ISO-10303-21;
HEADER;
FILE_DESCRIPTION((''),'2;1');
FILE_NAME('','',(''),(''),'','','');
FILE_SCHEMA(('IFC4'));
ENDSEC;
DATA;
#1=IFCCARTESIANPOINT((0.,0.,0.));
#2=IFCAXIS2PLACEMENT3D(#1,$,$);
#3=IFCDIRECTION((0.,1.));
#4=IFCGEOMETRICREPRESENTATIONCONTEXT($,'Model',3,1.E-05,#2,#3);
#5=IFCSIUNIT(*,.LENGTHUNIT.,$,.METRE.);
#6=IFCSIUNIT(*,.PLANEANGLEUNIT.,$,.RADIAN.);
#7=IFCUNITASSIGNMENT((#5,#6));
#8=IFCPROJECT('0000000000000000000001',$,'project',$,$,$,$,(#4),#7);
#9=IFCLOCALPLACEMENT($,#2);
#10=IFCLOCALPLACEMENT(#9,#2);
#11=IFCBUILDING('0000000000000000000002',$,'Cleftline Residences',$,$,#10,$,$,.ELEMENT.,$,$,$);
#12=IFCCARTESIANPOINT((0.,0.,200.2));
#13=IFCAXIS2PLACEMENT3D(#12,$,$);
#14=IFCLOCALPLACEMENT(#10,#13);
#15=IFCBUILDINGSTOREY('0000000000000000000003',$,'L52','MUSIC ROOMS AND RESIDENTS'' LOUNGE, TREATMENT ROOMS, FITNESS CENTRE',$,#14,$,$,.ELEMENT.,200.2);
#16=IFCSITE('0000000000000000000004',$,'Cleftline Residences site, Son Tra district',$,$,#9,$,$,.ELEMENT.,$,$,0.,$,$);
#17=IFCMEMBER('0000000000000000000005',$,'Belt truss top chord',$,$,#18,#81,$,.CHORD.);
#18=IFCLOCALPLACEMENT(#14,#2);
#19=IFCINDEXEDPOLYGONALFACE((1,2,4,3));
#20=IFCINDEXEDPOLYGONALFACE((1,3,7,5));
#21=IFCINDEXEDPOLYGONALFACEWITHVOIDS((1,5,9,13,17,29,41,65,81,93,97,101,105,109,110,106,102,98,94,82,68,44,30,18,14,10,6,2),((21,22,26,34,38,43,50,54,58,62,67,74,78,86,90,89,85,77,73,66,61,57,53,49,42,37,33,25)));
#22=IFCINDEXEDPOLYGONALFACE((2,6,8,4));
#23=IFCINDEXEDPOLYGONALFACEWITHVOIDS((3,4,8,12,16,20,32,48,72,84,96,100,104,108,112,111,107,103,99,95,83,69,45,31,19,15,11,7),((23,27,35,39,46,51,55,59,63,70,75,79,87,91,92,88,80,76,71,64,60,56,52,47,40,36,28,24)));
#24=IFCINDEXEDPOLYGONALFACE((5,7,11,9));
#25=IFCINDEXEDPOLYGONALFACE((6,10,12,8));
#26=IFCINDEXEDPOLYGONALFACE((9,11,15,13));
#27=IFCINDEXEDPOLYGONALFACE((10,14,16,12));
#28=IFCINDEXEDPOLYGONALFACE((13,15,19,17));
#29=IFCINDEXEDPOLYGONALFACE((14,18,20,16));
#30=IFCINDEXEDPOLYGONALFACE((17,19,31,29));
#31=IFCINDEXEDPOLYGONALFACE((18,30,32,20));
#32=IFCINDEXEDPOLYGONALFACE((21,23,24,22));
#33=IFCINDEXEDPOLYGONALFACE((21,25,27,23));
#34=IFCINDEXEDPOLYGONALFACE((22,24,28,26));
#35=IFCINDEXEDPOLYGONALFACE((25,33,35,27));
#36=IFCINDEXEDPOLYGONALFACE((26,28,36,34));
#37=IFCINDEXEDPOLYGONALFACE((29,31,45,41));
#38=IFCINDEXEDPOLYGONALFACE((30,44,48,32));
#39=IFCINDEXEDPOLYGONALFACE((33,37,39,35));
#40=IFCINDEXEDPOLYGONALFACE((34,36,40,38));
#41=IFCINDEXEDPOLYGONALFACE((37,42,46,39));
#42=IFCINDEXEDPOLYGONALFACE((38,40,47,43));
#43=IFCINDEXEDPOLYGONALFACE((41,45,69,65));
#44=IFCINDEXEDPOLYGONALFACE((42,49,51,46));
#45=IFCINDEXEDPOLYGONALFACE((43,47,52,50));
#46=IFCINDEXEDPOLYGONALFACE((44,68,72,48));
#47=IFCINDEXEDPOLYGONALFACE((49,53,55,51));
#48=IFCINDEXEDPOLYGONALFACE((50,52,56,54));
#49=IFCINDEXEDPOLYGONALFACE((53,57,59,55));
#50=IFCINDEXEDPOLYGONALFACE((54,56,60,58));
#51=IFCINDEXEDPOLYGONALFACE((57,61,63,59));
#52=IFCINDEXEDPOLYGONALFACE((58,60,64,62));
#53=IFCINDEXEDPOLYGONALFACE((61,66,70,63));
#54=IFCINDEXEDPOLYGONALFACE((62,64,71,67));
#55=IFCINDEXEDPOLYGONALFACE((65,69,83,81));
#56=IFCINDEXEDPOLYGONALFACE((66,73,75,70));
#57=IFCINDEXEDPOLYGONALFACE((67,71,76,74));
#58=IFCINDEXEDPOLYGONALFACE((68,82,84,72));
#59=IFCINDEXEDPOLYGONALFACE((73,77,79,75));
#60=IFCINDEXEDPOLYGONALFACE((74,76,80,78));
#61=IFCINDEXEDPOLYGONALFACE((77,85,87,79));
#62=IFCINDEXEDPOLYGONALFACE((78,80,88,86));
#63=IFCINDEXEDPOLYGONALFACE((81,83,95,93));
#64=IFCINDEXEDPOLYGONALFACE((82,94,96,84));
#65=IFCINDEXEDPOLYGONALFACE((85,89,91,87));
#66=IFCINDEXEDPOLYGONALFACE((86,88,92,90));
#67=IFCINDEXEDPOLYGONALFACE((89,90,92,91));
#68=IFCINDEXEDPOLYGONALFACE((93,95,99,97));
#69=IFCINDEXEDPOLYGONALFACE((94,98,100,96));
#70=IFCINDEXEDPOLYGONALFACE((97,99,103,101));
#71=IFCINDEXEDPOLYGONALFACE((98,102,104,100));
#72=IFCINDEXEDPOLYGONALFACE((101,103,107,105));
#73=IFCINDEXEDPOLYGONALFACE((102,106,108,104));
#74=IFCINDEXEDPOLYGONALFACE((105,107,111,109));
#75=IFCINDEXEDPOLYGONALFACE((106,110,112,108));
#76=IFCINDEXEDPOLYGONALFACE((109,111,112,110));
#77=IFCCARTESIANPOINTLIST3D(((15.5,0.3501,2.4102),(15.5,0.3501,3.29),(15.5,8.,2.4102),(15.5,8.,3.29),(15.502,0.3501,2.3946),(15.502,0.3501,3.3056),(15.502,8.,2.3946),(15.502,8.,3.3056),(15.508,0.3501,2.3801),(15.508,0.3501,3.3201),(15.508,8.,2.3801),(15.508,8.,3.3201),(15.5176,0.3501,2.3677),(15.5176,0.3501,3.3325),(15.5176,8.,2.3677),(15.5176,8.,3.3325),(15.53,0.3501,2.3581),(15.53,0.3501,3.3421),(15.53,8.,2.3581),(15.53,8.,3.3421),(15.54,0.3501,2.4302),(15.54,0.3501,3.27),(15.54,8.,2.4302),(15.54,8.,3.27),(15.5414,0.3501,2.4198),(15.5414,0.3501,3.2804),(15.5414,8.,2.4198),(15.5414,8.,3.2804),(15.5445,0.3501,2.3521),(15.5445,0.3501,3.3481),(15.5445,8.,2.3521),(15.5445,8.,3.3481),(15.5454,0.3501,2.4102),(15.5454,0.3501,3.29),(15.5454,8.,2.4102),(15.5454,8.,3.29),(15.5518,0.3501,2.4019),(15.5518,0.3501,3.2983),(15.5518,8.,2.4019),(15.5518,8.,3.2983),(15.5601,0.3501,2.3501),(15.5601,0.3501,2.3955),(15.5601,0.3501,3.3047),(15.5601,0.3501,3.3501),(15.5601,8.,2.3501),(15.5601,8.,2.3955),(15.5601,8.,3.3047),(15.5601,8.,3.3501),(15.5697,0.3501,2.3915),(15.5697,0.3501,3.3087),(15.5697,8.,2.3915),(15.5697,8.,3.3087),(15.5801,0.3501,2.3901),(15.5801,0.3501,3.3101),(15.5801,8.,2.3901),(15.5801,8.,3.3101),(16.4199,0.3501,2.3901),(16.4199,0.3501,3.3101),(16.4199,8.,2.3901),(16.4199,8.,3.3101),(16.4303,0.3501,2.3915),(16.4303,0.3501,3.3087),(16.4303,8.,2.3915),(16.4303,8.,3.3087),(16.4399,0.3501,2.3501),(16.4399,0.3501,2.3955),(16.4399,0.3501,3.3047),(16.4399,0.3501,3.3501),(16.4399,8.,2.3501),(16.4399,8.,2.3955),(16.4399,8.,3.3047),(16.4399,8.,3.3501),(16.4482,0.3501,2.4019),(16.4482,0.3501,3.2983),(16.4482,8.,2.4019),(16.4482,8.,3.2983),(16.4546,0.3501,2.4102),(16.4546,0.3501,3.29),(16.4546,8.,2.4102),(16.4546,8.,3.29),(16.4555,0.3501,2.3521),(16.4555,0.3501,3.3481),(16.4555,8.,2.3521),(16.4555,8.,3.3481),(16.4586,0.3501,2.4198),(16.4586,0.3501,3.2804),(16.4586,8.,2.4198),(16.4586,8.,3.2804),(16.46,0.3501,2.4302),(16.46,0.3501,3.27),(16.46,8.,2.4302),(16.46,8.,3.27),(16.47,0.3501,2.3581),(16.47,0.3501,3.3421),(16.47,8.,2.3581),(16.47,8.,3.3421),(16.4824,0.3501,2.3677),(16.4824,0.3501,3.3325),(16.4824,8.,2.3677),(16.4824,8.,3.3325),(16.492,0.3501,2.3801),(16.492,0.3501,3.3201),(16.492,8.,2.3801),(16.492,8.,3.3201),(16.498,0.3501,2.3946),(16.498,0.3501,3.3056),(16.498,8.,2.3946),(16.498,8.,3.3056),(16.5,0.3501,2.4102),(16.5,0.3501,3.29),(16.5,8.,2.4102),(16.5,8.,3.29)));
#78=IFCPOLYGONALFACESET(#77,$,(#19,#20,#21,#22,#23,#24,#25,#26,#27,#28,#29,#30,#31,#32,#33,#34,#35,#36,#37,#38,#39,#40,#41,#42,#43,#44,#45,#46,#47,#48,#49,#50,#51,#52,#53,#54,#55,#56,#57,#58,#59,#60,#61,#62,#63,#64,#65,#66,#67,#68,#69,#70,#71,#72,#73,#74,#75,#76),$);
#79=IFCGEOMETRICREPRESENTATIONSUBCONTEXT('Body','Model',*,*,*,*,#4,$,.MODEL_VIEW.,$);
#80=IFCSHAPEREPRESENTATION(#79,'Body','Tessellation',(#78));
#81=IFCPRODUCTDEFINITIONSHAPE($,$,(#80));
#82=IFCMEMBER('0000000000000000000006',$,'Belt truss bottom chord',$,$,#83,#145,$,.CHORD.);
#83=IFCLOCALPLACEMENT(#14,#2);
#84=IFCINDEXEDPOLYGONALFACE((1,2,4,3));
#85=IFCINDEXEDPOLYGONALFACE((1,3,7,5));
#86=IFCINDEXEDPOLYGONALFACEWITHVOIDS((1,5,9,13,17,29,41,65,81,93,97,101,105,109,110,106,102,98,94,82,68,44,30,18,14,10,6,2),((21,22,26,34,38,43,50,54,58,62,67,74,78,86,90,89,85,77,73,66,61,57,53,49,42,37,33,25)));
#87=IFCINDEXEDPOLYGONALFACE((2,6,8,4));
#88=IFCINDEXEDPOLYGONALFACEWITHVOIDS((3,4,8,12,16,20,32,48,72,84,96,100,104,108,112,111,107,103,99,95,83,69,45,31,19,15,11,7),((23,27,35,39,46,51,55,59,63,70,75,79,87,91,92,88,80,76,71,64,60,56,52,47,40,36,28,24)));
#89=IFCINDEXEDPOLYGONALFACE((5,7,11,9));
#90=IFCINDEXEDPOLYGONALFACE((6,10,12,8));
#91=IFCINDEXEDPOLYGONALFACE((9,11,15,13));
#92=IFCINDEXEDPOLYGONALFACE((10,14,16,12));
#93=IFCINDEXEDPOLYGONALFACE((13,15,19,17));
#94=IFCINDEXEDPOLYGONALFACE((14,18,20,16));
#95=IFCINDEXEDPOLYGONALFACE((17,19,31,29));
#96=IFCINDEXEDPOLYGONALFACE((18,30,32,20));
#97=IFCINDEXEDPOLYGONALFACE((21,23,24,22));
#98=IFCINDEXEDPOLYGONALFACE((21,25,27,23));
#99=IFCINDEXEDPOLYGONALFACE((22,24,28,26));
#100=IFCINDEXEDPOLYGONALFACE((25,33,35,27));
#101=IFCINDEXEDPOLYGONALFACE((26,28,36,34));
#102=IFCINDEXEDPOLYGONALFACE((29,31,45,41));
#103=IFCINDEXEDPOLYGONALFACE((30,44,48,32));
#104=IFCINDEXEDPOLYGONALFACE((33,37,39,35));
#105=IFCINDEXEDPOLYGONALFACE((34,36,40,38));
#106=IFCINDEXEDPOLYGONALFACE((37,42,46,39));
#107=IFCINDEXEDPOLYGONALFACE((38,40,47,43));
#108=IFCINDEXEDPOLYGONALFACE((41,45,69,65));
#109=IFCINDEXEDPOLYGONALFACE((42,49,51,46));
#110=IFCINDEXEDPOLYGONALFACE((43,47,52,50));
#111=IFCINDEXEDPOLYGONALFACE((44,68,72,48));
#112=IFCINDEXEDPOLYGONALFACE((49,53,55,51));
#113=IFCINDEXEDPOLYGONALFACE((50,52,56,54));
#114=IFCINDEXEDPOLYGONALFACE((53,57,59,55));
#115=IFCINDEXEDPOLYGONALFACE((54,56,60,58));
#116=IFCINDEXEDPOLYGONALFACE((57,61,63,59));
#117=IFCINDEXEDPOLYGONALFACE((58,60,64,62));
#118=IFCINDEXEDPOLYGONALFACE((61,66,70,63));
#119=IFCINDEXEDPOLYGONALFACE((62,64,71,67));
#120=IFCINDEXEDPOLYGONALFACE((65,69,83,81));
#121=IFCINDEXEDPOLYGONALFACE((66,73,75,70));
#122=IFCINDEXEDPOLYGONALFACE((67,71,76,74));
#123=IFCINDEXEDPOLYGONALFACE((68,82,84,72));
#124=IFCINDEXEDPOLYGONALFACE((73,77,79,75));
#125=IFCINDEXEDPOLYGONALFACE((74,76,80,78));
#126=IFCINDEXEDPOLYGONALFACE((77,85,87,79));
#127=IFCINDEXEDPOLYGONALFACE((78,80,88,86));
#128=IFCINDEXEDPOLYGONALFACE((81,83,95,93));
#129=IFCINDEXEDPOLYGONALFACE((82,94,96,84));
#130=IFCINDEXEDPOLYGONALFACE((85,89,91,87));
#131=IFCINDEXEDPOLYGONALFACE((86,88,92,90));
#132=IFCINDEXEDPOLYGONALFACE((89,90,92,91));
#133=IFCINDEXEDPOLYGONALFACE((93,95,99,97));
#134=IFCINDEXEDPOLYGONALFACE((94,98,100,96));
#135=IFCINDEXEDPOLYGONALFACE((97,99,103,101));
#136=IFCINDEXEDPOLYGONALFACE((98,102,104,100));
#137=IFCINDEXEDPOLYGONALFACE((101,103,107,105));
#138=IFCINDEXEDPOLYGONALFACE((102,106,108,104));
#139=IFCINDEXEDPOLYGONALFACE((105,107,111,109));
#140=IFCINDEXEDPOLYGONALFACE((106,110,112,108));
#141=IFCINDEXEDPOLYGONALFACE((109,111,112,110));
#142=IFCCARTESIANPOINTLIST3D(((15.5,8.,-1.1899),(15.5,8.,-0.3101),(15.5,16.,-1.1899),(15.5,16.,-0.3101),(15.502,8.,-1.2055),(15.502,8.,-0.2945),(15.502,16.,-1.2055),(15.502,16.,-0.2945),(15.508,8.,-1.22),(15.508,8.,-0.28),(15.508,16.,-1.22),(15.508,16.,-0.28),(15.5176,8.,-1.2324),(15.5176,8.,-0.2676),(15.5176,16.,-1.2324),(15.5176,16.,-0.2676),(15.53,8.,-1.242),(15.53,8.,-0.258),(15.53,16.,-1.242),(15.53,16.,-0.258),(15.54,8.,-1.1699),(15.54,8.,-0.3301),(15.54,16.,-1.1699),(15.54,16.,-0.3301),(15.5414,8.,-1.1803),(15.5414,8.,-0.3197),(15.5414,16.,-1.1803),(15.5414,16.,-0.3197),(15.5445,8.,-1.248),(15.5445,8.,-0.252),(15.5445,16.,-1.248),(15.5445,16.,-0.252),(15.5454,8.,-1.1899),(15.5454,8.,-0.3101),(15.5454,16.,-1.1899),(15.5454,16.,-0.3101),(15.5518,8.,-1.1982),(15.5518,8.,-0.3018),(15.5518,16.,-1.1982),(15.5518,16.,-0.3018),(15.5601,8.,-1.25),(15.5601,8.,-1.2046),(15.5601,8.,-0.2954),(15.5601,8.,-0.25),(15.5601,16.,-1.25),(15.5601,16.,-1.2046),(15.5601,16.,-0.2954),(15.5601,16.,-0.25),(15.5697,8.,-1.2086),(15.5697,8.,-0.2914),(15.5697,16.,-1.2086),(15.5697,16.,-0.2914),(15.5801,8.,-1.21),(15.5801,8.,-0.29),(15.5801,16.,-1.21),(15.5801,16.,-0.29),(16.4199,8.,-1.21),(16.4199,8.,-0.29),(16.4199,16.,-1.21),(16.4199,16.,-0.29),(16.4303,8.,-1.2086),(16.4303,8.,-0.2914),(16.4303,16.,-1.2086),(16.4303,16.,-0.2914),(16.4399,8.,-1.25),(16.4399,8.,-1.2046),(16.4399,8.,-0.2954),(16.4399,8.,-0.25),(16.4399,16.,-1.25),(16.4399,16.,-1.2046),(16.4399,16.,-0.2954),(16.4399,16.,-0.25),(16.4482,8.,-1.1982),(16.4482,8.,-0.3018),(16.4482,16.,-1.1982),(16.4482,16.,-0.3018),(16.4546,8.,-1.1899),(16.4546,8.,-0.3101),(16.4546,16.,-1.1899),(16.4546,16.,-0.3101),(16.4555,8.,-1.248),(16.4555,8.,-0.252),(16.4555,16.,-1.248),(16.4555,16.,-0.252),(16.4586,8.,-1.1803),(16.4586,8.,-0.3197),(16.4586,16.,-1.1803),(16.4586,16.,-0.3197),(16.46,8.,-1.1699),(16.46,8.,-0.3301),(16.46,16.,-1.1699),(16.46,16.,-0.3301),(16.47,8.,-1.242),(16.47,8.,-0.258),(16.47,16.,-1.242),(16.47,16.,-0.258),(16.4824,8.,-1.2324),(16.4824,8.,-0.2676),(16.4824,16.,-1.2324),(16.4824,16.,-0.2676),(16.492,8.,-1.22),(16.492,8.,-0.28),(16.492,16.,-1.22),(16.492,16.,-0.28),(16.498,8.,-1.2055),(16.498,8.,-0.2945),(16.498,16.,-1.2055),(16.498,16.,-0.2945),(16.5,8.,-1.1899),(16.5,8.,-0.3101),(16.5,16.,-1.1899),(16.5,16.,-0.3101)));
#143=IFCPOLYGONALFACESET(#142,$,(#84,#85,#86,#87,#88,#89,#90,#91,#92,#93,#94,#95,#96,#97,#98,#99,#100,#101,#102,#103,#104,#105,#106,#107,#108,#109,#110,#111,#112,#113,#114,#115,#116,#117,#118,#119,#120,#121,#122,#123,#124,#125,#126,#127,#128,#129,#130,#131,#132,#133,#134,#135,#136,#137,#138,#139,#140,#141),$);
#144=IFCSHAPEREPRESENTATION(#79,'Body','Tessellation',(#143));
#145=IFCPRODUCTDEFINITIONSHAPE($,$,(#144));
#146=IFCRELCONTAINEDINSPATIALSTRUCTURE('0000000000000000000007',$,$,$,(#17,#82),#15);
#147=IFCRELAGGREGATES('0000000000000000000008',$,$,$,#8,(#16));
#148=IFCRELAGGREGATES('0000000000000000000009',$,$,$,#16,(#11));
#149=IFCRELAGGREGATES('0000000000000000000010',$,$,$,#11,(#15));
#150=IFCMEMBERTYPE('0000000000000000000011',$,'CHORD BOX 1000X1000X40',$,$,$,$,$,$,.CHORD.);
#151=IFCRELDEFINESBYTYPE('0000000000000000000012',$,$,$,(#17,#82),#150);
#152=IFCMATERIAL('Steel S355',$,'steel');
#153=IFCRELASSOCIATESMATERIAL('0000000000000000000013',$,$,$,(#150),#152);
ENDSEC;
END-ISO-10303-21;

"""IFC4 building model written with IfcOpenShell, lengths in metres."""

from ifc_helpers import new_model, si_unit, direction, frame, origin, origin_2d, place, context, subcontext, project, spatial, hollow_rectangle, extrude, material, material_profile, profile_set, type_object, element, save


model = new_model("IFC4")

# Units and contexts
model_context = context("Model", 3, precision=1e-05, world=origin(), true_north=direction((0.0, 1.0)))
body_context = subcontext(model_context, "Body", "Model", "MODEL_VIEW")
ifc_project = project(units=[si_unit("LENGTHUNIT", "METRE"), si_unit("PLANEANGLEUNIT", "RADIAN")], contexts=[model_context])

# Site, building, storey
site_placement = place(None, origin())
site = spatial("IfcSite", under=ifc_project, at=site_placement, Name="Cleftline Residences site, Son Tra district", CompositionType="ELEMENT", RefElevation=0.0)
building_placement = place(site_placement, origin())
building = spatial("IfcBuilding", under=site, at=building_placement, Name="Cleftline Residences", CompositionType="ELEMENT")
storey_placement = place(building_placement, frame((0.0, 0.0, 200.2)))
storey = spatial("IfcBuildingStorey", under=building, at=storey_placement, Name="L52", Description="MUSIC ROOMS AND RESIDENTS' LOUNGE, TREATMENT ROOMS, FITNESS CENTRE", CompositionType="ELEMENT", Elevation=200.2)

# Members
ifc_material_1 = material(Name="Steel S355", Category="steel")
ifc_material_profile_1 = material_profile(ifc_material_1, hollow_rectangle(XDim=1.0, YDim=1.0, WallThickness=0.04, InnerFilletRadius=0.04, OuterFilletRadius=0.0601, at=origin_2d()))
ifc_profile_set_1 = profile_set([ifc_material_profile_1], Name="Steel S355")
member_type_1 = type_object("IfcMemberType", Name="CHORD BOX 1000X1000X40", PredefinedType="CHORD", material=ifc_profile_set_1)
for number, where, z_axis, x_axis, name in (
    (1, (16.0, 0.3501, 2.8501), (0.0, 1.0, 0.0), (-1.0, 0.0, 0.0), "Belt truss top chord"),
):
    element("IfcMember", number, at=place(storey_placement, frame(where, z_axis=z_axis, x_axis=x_axis)), inside=storey, type_object=member_type_1, Name=name, PredefinedType="CHORD", context=body_context, shape_type="SweptSolid", body=[
        extrude(hollow_rectangle(XDim=1.0, YDim=1.0, WallThickness=0.04, InnerFilletRadius=0.04, OuterFilletRadius=0.0601, at=origin_2d()), origin(), (0.0, 0.0, 1.0), 7.6499),
    ])
for number, where, z_axis, x_axis, name in (
    (2, (16.0, 8.0, -0.75), (0.0, 1.0, 0.0), (-1.0, 0.0, 0.0), "Belt truss bottom chord"),
):
    element("IfcMember", number, at=place(storey_placement, frame(where, z_axis=z_axis, x_axis=x_axis)), inside=storey, type_object=member_type_1, Name=name, PredefinedType="CHORD", context=body_context, shape_type="SweptSolid", body=[
        extrude(hollow_rectangle(XDim=1.0, YDim=1.0, WallThickness=0.04, InnerFilletRadius=0.04, OuterFilletRadius=0.0601, at=origin_2d()), origin(), (0.0, 0.0, 1.0), 8.0),
    ])

save(model, "model.ifc")
